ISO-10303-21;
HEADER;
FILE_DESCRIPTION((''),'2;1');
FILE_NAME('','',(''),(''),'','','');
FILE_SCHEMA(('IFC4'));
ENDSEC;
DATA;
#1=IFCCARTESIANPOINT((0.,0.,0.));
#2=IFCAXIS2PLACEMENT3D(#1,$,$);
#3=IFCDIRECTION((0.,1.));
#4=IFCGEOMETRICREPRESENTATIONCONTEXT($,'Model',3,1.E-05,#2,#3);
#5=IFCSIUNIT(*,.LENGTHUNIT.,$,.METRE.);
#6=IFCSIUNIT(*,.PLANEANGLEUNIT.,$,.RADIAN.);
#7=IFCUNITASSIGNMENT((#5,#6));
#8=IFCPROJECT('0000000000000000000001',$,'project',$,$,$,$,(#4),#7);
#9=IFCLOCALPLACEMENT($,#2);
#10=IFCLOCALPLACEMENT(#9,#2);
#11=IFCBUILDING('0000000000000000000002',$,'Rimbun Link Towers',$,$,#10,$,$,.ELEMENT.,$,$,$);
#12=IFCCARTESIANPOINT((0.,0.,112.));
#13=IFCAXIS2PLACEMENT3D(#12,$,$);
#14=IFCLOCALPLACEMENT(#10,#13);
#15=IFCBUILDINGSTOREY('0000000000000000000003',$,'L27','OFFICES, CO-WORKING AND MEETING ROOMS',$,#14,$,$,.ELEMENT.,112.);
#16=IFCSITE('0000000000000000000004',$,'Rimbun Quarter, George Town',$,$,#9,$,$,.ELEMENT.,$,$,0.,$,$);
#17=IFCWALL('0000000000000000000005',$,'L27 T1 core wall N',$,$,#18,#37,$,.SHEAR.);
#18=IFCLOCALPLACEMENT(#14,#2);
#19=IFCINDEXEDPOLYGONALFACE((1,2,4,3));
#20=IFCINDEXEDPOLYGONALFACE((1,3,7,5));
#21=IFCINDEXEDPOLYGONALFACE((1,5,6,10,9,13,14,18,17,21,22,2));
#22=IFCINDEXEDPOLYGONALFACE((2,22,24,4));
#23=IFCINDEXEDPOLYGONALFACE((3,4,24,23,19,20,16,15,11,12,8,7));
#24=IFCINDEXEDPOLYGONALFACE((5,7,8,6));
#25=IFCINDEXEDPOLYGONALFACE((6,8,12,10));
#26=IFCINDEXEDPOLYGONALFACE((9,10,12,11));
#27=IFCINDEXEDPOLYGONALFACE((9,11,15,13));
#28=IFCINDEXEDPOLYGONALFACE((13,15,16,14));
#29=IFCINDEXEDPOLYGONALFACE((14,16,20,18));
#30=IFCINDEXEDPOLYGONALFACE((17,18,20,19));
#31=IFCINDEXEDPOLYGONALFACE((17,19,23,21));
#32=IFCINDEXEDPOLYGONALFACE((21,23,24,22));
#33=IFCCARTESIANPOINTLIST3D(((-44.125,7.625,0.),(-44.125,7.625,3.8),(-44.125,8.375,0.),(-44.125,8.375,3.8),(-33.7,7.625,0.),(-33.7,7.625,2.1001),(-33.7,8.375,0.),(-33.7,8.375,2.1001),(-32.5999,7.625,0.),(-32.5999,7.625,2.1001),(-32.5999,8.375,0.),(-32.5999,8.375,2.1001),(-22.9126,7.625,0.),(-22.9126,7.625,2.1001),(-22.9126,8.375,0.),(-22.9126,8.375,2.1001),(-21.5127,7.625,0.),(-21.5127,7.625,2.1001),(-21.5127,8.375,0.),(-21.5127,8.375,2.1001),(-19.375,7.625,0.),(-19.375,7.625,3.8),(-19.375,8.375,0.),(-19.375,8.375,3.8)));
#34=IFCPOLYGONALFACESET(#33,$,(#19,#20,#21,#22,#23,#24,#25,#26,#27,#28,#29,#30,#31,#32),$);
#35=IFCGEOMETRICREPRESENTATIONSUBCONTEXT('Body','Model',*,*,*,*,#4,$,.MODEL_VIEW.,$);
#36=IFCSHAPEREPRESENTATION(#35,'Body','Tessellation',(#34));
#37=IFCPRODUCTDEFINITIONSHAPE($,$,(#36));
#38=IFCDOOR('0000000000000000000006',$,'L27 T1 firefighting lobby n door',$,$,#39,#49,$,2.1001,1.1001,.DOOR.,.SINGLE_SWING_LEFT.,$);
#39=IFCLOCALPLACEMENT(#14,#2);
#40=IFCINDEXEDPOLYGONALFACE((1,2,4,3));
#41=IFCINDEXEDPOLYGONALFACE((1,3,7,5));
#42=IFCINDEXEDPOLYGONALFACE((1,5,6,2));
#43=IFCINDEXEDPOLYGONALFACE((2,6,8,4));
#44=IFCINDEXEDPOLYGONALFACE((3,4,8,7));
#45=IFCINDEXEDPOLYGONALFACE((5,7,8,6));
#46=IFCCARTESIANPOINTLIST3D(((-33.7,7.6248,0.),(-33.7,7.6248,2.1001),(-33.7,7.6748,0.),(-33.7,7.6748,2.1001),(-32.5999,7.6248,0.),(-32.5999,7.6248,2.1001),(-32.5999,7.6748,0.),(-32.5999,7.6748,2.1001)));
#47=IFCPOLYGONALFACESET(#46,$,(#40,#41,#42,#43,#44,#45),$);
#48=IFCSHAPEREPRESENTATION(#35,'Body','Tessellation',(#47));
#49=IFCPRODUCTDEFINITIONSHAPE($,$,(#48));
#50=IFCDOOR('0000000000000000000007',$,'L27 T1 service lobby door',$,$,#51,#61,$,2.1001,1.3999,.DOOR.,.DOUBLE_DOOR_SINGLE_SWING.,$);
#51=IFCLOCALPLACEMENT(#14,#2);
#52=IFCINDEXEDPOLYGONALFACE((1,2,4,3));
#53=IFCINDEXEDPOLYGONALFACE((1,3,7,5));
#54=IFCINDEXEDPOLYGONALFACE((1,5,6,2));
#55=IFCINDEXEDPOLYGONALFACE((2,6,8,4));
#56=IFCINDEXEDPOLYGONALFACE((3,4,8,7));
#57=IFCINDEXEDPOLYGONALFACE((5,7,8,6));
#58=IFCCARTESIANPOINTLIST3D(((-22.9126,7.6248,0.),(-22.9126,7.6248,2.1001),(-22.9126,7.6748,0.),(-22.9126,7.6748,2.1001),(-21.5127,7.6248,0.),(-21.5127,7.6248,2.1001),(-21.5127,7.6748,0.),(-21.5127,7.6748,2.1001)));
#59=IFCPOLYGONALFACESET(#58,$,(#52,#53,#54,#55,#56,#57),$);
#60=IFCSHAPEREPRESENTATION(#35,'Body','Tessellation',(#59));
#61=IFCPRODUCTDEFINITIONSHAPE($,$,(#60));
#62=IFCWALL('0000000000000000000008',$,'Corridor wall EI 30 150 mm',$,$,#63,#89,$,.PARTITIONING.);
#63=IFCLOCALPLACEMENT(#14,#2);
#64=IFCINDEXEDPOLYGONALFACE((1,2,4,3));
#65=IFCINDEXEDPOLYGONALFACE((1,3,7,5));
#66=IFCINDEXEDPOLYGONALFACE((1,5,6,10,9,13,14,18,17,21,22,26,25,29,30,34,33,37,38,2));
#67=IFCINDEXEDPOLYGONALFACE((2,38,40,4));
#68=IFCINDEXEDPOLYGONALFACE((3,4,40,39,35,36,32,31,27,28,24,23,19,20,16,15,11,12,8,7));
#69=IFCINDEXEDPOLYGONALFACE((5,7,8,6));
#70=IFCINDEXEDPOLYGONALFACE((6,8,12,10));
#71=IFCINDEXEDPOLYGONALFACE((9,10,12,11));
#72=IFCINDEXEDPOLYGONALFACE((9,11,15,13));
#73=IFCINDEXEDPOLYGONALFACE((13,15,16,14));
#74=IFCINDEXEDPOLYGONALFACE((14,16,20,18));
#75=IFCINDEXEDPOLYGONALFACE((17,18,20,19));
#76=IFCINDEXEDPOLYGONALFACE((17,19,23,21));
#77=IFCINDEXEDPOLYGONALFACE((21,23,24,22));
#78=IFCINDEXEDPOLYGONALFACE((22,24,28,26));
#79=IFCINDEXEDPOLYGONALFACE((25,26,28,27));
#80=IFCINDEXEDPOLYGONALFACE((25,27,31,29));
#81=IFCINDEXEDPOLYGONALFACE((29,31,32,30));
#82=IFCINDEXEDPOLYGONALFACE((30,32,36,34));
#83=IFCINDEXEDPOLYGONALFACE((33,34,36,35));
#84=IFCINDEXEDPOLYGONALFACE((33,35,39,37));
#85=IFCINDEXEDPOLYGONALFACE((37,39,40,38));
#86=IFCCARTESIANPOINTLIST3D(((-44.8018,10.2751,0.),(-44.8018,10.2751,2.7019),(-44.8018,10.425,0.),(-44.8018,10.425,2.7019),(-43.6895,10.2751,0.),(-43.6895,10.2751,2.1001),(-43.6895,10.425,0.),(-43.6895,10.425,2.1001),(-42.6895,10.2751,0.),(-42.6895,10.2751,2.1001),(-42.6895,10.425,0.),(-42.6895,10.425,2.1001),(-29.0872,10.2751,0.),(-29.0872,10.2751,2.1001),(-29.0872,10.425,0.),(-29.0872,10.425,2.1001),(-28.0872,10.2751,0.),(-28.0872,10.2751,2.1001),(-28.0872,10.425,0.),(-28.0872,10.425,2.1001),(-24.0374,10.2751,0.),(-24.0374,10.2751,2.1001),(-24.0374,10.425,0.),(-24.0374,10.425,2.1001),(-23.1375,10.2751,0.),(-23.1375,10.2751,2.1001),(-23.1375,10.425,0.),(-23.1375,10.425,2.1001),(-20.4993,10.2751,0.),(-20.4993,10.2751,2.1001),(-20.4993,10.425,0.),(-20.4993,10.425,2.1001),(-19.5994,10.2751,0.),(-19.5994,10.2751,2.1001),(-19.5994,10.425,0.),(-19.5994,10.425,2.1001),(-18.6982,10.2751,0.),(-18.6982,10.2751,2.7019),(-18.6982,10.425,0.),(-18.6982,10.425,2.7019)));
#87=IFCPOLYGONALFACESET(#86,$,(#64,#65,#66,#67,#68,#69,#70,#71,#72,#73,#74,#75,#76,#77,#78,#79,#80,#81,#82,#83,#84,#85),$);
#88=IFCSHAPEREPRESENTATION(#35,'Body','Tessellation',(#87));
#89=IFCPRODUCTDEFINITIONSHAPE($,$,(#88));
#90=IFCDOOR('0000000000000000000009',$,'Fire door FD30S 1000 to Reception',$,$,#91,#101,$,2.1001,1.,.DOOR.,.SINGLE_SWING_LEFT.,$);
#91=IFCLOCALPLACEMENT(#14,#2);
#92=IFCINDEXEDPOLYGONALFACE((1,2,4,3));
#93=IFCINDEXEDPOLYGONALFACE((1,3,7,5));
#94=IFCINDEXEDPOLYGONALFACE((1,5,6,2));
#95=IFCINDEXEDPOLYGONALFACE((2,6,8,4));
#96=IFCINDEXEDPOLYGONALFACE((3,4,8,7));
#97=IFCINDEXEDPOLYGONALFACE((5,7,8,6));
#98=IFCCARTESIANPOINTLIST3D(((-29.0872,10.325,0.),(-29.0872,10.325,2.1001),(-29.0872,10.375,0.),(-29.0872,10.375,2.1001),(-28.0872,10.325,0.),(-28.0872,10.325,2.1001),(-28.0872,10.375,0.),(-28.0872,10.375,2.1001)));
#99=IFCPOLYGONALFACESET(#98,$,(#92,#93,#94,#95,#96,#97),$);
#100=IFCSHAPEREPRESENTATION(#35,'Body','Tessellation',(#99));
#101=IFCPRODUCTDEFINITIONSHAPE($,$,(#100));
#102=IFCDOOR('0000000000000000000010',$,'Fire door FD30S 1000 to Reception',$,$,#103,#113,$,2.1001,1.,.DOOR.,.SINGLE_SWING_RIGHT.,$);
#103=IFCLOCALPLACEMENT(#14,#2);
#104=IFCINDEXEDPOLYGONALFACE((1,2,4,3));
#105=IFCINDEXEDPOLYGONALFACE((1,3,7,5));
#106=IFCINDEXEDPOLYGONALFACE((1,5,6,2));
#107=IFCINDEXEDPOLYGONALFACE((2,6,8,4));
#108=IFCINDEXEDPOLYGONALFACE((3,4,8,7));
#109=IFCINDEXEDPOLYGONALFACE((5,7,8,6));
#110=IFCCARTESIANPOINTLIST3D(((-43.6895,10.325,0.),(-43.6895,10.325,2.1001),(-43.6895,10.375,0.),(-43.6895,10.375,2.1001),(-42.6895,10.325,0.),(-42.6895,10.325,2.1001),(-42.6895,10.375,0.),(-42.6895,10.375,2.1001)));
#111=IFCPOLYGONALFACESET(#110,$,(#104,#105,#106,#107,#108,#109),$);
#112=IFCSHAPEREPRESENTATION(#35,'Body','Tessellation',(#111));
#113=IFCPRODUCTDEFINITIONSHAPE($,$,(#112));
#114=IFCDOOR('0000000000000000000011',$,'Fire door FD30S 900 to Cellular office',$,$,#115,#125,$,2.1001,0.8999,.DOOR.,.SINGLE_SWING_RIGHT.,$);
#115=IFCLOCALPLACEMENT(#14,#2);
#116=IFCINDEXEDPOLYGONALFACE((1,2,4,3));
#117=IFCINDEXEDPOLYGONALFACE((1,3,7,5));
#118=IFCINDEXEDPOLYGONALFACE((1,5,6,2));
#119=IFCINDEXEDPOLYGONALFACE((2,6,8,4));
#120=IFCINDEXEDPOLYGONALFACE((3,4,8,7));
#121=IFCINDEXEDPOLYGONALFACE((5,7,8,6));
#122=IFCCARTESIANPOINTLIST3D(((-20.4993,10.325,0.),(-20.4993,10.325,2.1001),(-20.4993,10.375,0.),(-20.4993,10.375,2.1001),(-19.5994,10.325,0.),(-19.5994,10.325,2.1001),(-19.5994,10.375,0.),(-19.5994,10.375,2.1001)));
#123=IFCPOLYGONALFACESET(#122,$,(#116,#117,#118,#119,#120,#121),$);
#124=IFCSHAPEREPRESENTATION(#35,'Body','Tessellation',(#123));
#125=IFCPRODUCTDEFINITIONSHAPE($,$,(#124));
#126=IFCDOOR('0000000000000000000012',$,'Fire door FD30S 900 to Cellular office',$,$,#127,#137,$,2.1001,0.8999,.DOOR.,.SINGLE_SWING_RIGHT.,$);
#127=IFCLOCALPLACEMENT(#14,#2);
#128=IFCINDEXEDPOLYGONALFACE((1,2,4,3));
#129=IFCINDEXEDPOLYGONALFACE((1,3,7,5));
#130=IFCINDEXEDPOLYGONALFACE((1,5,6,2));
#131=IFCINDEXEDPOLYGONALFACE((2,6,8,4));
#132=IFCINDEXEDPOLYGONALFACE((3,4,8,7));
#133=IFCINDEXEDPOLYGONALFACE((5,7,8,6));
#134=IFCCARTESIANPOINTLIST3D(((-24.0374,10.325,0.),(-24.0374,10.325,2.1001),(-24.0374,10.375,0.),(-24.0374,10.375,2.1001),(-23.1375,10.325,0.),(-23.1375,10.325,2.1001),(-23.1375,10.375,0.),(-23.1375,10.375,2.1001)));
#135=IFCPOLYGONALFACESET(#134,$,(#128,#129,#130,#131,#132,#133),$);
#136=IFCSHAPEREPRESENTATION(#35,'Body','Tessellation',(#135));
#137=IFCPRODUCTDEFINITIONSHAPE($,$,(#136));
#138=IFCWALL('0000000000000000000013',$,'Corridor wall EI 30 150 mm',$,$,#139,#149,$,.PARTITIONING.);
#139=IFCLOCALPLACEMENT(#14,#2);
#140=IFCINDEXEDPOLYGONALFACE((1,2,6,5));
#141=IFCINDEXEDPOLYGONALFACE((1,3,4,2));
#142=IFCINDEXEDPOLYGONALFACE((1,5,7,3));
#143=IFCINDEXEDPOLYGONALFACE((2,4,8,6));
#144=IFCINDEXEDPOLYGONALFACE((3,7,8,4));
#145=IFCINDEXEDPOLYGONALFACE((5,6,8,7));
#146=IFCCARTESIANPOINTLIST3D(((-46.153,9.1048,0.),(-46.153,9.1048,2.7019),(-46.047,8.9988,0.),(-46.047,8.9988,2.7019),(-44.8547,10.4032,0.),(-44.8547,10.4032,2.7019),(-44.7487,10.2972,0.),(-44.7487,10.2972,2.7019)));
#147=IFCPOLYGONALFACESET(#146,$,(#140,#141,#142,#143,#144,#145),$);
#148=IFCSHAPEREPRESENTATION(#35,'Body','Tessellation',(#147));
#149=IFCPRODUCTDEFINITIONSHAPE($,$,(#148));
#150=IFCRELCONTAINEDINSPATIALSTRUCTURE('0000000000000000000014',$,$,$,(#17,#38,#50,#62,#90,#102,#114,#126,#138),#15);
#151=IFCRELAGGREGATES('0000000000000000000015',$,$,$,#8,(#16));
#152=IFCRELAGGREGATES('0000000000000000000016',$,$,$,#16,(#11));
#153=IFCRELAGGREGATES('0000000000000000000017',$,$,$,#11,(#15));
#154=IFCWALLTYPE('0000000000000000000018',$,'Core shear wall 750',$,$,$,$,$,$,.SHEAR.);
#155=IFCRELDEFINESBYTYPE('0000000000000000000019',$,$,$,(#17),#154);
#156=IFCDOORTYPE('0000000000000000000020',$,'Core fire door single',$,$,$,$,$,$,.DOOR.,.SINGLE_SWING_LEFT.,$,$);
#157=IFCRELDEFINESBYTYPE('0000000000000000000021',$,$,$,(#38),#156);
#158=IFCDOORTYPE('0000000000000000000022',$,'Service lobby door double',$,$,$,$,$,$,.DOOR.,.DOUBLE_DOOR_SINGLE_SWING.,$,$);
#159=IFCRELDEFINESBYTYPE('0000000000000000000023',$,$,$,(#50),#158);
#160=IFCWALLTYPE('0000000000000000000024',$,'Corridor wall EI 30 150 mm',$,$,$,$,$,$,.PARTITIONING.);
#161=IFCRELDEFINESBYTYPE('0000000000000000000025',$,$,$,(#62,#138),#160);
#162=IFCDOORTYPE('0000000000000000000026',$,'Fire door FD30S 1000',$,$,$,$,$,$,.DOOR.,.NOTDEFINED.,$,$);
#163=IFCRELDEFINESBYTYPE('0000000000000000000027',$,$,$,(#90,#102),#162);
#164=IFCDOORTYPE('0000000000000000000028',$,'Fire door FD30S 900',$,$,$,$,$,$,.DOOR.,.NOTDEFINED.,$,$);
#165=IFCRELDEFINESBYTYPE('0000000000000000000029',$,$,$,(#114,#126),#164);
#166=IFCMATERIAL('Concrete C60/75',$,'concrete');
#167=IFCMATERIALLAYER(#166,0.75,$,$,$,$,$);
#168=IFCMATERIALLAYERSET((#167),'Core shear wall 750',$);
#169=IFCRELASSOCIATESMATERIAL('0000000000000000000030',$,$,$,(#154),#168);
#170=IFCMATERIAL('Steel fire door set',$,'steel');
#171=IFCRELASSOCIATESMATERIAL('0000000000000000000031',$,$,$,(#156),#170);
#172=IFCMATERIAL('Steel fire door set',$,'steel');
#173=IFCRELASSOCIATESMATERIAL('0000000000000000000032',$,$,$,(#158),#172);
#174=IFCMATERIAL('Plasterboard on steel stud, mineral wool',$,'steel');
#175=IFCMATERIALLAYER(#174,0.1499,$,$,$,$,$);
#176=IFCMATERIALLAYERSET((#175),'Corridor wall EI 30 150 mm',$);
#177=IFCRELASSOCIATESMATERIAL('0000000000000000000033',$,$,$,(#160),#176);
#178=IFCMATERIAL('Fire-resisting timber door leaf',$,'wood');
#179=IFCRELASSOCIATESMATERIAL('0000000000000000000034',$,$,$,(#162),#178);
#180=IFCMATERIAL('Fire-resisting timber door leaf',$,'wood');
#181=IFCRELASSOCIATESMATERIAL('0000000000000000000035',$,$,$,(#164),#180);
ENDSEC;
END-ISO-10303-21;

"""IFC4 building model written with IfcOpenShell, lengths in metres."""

from ifc_helpers import new_model, si_unit, direction, frame, frame_2d, origin, place, context, subcontext, project, spatial, rectangle, extrude, material, layer, layer_set, type_object, element, fill, save


model = new_model("IFC4")

# Units and contexts
model_context = context("Model", 3, precision=1e-05, world=origin(), true_north=direction((0.0, 1.0)))
body_context = subcontext(model_context, "Body", "Model", "MODEL_VIEW")
ifc_project = project(units=[si_unit("LENGTHUNIT", "METRE"), si_unit("PLANEANGLEUNIT", "RADIAN")], contexts=[model_context])

# Site, building, storey
site_placement = place(None, origin())
site = spatial("IfcSite", under=ifc_project, at=site_placement, Name="Rimbun Quarter, George Town", CompositionType="ELEMENT", RefElevation=0.0)
building_placement = place(site_placement, origin())
building = spatial("IfcBuilding", under=site, at=building_placement, Name="Rimbun Link Towers", CompositionType="ELEMENT")
storey_placement = place(building_placement, frame((0.0, 0.0, 112.0)))
storey = spatial("IfcBuildingStorey", under=building, at=storey_placement, Name="L27", Description="OFFICES, CO-WORKING AND MEETING ROOMS", CompositionType="ELEMENT", Elevation=112.0)

# Walls, openings, doors
ifc_material_1 = material(Name="Concrete C60/75", Category="concrete")
ifc_layer_1 = layer(ifc_material_1, 0.75)
ifc_layer_set_1 = layer_set([ifc_layer_1], Name="Core shear wall 750")
wall_type_1 = type_object("IfcWallType", Name="Core shear wall 750", PredefinedType="SHEAR", material=ifc_layer_set_1)
wall_1_placement = place(storey_placement, frame((-44.125, 8.0, 0.0), z_axis=(0.0, 0.0, 1.0), x_axis=(1.0, 0.0, 0.0)))
wall_1 = element("IfcWall", 1, at=wall_1_placement, inside=storey, type_object=wall_type_1, Name="L27 T1 core wall N", PredefinedType="SHEAR", context=body_context, shape_type="SweptSolid", body=[
    extrude(rectangle(XDim=24.75, YDim=0.75, at=frame_2d((12.375, 0.0))), origin(), (0.0, 0.0, 1.0), 3.8),
])
opening_1_placement = place(wall_1_placement, frame((10.425, 0.0, 0.0)))
opening_1 = element("IfcOpeningElement", 2, at=opening_1_placement, cuts=wall_1, PredefinedType="OPENING", context=body_context, shape_type="SweptSolid", body=[
    extrude(rectangle(XDim=1.1001, YDim=2.1001, at=frame_2d((0.55, 1.05))), frame((0.0, 0.385, 0.0), z_axis=(0.0, -1.0, 0.0), x_axis=(1.0, 0.0, 0.0)), (0.0, 0.0, 1.0), 0.77),
])
opening_2_placement = place(wall_1_placement, frame((21.2124, 0.0, 0.0)))
opening_2 = element("IfcOpeningElement", 3, at=opening_2_placement, cuts=wall_1, PredefinedType="OPENING", context=body_context, shape_type="SweptSolid", body=[
    extrude(rectangle(XDim=1.3999, YDim=2.1001, at=frame_2d((0.7, 1.05))), frame((0.0, 0.385, 0.0), z_axis=(0.0, -1.0, 0.0), x_axis=(1.0, 0.0, 0.0)), (0.0, 0.0, 1.0), 0.77),
])
ifc_material_2 = material(Name="Steel fire door set", Category="steel")
door_type_1 = type_object("IfcDoorType", Name="Core fire door single", OperationType="SINGLE_SWING_LEFT", PredefinedType="DOOR", material=ifc_material_2)
door_1_placement = place(opening_1_placement, origin())
door_1 = element("IfcDoor", 4, at=door_1_placement, inside=storey, type_object=door_type_1, Name="L27 T1 firefighting lobby n door", OperationType="SINGLE_SWING_LEFT", OverallHeight=2.1001, OverallWidth=1.1001, PredefinedType="DOOR", context=body_context, shape_type="SweptSolid", body=[
    extrude(rectangle(XDim=1.1001, YDim=2.1001, at=frame_2d((0.55, 1.05))), frame((0.0, -0.3252, 0.0), z_axis=(0.0, -1.0, 0.0), x_axis=(1.0, 0.0, 0.0)), (0.0, 0.0, 1.0), 0.05),
])
fill(opening_1, door_1)
ifc_material_3 = material(Name="Steel fire door set", Category="steel")
door_type_2 = type_object("IfcDoorType", Name="Service lobby door double", OperationType="DOUBLE_DOOR_SINGLE_SWING", PredefinedType="DOOR", material=ifc_material_3)
door_2_placement = place(opening_2_placement, origin())
door_2 = element("IfcDoor", 5, at=door_2_placement, inside=storey, type_object=door_type_2, Name="L27 T1 service lobby door", OperationType="DOUBLE_DOOR_SINGLE_SWING", OverallHeight=2.1001, OverallWidth=1.3999, PredefinedType="DOOR", context=body_context, shape_type="SweptSolid", body=[
    extrude(rectangle(XDim=1.3999, YDim=2.1001, at=frame_2d((0.7, 1.05))), frame((0.0, -0.3252, 0.0), z_axis=(0.0, -1.0, 0.0), x_axis=(1.0, 0.0, 0.0)), (0.0, 0.0, 1.0), 0.05),
])
fill(opening_2, door_2)
ifc_material_4 = material(Name="Plasterboard on steel stud, mineral wool", Category="steel")
ifc_layer_2 = layer(ifc_material_4, 0.1499)
ifc_layer_set_2 = layer_set([ifc_layer_2], Name="Corridor wall EI 30 150 mm")
wall_type_2 = type_object("IfcWallType", Name="Corridor wall EI 30 150 mm", PredefinedType="PARTITIONING", material=ifc_layer_set_2)
wall_2_placement = place(storey_placement, frame((-44.8018, 10.3501, 0.0), z_axis=(0.0, 0.0, 1.0), x_axis=(1.0, 0.0, 0.0)))
wall_2 = element("IfcWall", 6, at=wall_2_placement, inside=storey, type_object=wall_type_2, Name="Corridor wall EI 30 150 mm", PredefinedType="PARTITIONING", context=body_context, shape_type="SweptSolid", body=[
    extrude(rectangle(XDim=26.1035, YDim=0.1499, at=frame_2d((13.0518, 0.0))), origin(), (0.0, 0.0, 1.0), 2.7019),
])
opening_3_placement = place(wall_2_placement, frame((24.3025, 0.0, 0.0)))
opening_3 = element("IfcOpeningElement", 7, at=opening_3_placement, cuts=wall_2, PredefinedType="OPENING", context=body_context, shape_type="SweptSolid", body=[
    extrude(rectangle(XDim=0.8999, YDim=2.1001, at=frame_2d((0.45, 1.05))), frame((0.0, 0.085, 0.0), z_axis=(0.0, -1.0, 0.0), x_axis=(1.0, 0.0, 0.0)), (0.0, 0.0, 1.0), 0.1699),
])
opening_4_placement = place(wall_2_placement, frame((20.7644, 0.0, 0.0)))
opening_4 = element("IfcOpeningElement", 8, at=opening_4_placement, cuts=wall_2, PredefinedType="OPENING", context=body_context, shape_type="SweptSolid", body=[
    extrude(rectangle(XDim=0.8999, YDim=2.1001, at=frame_2d((0.45, 1.05))), frame((0.0, 0.085, 0.0), z_axis=(0.0, -1.0, 0.0), x_axis=(1.0, 0.0, 0.0)), (0.0, 0.0, 1.0), 0.1699),
])
opening_5_placement = place(wall_2_placement, frame((15.7146, 0.0, 0.0)))
opening_5 = element("IfcOpeningElement", 9, at=opening_5_placement, cuts=wall_2, PredefinedType="OPENING", context=body_context, shape_type="SweptSolid", body=[
    extrude(rectangle(XDim=1.0, YDim=2.1001, at=frame_2d((0.5, 1.05))), frame((0.0, 0.085, 0.0), z_axis=(0.0, -1.0, 0.0), x_axis=(1.0, 0.0, 0.0)), (0.0, 0.0, 1.0), 0.1699),
])
opening_6_placement = place(wall_2_placement, frame((1.1123, 0.0, 0.0)))
opening_6 = element("IfcOpeningElement", 10, at=opening_6_placement, cuts=wall_2, PredefinedType="OPENING", context=body_context, shape_type="SweptSolid", body=[
    extrude(rectangle(XDim=1.0, YDim=2.1001, at=frame_2d((0.5, 1.05))), frame((0.0, 0.085, 0.0), z_axis=(0.0, -1.0, 0.0), x_axis=(1.0, 0.0, 0.0)), (0.0, 0.0, 1.0), 0.1699),
])
ifc_material_5 = material(Name="Fire-resisting timber door leaf", Category="wood")
door_type_3 = type_object("IfcDoorType", Name="Fire door FD30S 1000", OperationType="NOTDEFINED", PredefinedType="DOOR", material=ifc_material_5)
door_3_placement = place(opening_5_placement, origin())
door_3 = element("IfcDoor", 11, at=door_3_placement, inside=storey, type_object=door_type_3, Name="Fire door FD30S 1000 to Reception", OperationType="SINGLE_SWING_LEFT", OverallHeight=2.1001, OverallWidth=1.0, PredefinedType="DOOR", context=body_context, shape_type="SweptSolid", body=[
    extrude(rectangle(XDim=1.0, YDim=2.1001, at=frame_2d((0.5, 1.05))), frame((0.0, 0.0249, 0.0), z_axis=(0.0, -1.0, 0.0), x_axis=(1.0, 0.0, 0.0)), (0.0, 0.0, 1.0), 0.05),
])
fill(opening_5, door_3)
door_4_placement = place(opening_6_placement, origin())
door_4 = element("IfcDoor", 12, at=door_4_placement, inside=storey, type_object=door_type_3, Name="Fire door FD30S 1000 to Reception", OperationType="SINGLE_SWING_RIGHT", OverallHeight=2.1001, OverallWidth=1.0, PredefinedType="DOOR", context=body_context, shape_type="SweptSolid", body=[
    extrude(rectangle(XDim=1.0, YDim=2.1001, at=frame_2d((0.5, 1.05))), frame((0.0, 0.0249, 0.0), z_axis=(0.0, -1.0, 0.0), x_axis=(1.0, 0.0, 0.0)), (0.0, 0.0, 1.0), 0.05),
])
fill(opening_6, door_4)
ifc_material_6 = material(Name="Fire-resisting timber door leaf", Category="wood")
door_type_4 = type_object("IfcDoorType", Name="Fire door FD30S 900", OperationType="NOTDEFINED", PredefinedType="DOOR", material=ifc_material_6)
door_5_placement = place(opening_3_placement, origin())
door_5 = element("IfcDoor", 13, at=door_5_placement, inside=storey, type_object=door_type_4, Name="Fire door FD30S 900 to Cellular office", OperationType="SINGLE_SWING_RIGHT", OverallHeight=2.1001, OverallWidth=0.8999, PredefinedType="DOOR", context=body_context, shape_type="SweptSolid", body=[
    extrude(rectangle(XDim=0.8999, YDim=2.1001, at=frame_2d((0.45, 1.05))), frame((0.0, 0.0249, 0.0), z_axis=(0.0, -1.0, 0.0), x_axis=(1.0, 0.0, 0.0)), (0.0, 0.0, 1.0), 0.05),
])
fill(opening_3, door_5)
door_6_placement = place(opening_4_placement, origin())
door_6 = element("IfcDoor", 14, at=door_6_placement, inside=storey, type_object=door_type_4, Name="Fire door FD30S 900 to Cellular office", OperationType="SINGLE_SWING_RIGHT", OverallHeight=2.1001, OverallWidth=0.8999, PredefinedType="DOOR", context=body_context, shape_type="SweptSolid", body=[
    extrude(rectangle(XDim=0.8999, YDim=2.1001, at=frame_2d((0.45, 1.05))), frame((0.0, 0.0249, 0.0), z_axis=(0.0, -1.0, 0.0), x_axis=(1.0, 0.0, 0.0)), (0.0, 0.0, 1.0), 0.05),
])
fill(opening_4, door_6)

# Wall
wall_3_placement = place(storey_placement, frame((-44.8018, 10.3501, 0.0), z_axis=(0.0, 0.0, 1.0), x_axis=(-0.707107, -0.707107, 0.0)))
element("IfcWall", 15, at=wall_3_placement, inside=storey, type_object=wall_type_2, Name="Corridor wall EI 30 150 mm", PredefinedType="PARTITIONING", context=body_context, shape_type="SweptSolid", body=[
    extrude(rectangle(XDim=1.8362, YDim=0.1499, at=frame_2d((0.918, 0.0))), origin(), (0.0, 0.0, 1.0), 2.7019),
])

save(model, "model.ifc")
